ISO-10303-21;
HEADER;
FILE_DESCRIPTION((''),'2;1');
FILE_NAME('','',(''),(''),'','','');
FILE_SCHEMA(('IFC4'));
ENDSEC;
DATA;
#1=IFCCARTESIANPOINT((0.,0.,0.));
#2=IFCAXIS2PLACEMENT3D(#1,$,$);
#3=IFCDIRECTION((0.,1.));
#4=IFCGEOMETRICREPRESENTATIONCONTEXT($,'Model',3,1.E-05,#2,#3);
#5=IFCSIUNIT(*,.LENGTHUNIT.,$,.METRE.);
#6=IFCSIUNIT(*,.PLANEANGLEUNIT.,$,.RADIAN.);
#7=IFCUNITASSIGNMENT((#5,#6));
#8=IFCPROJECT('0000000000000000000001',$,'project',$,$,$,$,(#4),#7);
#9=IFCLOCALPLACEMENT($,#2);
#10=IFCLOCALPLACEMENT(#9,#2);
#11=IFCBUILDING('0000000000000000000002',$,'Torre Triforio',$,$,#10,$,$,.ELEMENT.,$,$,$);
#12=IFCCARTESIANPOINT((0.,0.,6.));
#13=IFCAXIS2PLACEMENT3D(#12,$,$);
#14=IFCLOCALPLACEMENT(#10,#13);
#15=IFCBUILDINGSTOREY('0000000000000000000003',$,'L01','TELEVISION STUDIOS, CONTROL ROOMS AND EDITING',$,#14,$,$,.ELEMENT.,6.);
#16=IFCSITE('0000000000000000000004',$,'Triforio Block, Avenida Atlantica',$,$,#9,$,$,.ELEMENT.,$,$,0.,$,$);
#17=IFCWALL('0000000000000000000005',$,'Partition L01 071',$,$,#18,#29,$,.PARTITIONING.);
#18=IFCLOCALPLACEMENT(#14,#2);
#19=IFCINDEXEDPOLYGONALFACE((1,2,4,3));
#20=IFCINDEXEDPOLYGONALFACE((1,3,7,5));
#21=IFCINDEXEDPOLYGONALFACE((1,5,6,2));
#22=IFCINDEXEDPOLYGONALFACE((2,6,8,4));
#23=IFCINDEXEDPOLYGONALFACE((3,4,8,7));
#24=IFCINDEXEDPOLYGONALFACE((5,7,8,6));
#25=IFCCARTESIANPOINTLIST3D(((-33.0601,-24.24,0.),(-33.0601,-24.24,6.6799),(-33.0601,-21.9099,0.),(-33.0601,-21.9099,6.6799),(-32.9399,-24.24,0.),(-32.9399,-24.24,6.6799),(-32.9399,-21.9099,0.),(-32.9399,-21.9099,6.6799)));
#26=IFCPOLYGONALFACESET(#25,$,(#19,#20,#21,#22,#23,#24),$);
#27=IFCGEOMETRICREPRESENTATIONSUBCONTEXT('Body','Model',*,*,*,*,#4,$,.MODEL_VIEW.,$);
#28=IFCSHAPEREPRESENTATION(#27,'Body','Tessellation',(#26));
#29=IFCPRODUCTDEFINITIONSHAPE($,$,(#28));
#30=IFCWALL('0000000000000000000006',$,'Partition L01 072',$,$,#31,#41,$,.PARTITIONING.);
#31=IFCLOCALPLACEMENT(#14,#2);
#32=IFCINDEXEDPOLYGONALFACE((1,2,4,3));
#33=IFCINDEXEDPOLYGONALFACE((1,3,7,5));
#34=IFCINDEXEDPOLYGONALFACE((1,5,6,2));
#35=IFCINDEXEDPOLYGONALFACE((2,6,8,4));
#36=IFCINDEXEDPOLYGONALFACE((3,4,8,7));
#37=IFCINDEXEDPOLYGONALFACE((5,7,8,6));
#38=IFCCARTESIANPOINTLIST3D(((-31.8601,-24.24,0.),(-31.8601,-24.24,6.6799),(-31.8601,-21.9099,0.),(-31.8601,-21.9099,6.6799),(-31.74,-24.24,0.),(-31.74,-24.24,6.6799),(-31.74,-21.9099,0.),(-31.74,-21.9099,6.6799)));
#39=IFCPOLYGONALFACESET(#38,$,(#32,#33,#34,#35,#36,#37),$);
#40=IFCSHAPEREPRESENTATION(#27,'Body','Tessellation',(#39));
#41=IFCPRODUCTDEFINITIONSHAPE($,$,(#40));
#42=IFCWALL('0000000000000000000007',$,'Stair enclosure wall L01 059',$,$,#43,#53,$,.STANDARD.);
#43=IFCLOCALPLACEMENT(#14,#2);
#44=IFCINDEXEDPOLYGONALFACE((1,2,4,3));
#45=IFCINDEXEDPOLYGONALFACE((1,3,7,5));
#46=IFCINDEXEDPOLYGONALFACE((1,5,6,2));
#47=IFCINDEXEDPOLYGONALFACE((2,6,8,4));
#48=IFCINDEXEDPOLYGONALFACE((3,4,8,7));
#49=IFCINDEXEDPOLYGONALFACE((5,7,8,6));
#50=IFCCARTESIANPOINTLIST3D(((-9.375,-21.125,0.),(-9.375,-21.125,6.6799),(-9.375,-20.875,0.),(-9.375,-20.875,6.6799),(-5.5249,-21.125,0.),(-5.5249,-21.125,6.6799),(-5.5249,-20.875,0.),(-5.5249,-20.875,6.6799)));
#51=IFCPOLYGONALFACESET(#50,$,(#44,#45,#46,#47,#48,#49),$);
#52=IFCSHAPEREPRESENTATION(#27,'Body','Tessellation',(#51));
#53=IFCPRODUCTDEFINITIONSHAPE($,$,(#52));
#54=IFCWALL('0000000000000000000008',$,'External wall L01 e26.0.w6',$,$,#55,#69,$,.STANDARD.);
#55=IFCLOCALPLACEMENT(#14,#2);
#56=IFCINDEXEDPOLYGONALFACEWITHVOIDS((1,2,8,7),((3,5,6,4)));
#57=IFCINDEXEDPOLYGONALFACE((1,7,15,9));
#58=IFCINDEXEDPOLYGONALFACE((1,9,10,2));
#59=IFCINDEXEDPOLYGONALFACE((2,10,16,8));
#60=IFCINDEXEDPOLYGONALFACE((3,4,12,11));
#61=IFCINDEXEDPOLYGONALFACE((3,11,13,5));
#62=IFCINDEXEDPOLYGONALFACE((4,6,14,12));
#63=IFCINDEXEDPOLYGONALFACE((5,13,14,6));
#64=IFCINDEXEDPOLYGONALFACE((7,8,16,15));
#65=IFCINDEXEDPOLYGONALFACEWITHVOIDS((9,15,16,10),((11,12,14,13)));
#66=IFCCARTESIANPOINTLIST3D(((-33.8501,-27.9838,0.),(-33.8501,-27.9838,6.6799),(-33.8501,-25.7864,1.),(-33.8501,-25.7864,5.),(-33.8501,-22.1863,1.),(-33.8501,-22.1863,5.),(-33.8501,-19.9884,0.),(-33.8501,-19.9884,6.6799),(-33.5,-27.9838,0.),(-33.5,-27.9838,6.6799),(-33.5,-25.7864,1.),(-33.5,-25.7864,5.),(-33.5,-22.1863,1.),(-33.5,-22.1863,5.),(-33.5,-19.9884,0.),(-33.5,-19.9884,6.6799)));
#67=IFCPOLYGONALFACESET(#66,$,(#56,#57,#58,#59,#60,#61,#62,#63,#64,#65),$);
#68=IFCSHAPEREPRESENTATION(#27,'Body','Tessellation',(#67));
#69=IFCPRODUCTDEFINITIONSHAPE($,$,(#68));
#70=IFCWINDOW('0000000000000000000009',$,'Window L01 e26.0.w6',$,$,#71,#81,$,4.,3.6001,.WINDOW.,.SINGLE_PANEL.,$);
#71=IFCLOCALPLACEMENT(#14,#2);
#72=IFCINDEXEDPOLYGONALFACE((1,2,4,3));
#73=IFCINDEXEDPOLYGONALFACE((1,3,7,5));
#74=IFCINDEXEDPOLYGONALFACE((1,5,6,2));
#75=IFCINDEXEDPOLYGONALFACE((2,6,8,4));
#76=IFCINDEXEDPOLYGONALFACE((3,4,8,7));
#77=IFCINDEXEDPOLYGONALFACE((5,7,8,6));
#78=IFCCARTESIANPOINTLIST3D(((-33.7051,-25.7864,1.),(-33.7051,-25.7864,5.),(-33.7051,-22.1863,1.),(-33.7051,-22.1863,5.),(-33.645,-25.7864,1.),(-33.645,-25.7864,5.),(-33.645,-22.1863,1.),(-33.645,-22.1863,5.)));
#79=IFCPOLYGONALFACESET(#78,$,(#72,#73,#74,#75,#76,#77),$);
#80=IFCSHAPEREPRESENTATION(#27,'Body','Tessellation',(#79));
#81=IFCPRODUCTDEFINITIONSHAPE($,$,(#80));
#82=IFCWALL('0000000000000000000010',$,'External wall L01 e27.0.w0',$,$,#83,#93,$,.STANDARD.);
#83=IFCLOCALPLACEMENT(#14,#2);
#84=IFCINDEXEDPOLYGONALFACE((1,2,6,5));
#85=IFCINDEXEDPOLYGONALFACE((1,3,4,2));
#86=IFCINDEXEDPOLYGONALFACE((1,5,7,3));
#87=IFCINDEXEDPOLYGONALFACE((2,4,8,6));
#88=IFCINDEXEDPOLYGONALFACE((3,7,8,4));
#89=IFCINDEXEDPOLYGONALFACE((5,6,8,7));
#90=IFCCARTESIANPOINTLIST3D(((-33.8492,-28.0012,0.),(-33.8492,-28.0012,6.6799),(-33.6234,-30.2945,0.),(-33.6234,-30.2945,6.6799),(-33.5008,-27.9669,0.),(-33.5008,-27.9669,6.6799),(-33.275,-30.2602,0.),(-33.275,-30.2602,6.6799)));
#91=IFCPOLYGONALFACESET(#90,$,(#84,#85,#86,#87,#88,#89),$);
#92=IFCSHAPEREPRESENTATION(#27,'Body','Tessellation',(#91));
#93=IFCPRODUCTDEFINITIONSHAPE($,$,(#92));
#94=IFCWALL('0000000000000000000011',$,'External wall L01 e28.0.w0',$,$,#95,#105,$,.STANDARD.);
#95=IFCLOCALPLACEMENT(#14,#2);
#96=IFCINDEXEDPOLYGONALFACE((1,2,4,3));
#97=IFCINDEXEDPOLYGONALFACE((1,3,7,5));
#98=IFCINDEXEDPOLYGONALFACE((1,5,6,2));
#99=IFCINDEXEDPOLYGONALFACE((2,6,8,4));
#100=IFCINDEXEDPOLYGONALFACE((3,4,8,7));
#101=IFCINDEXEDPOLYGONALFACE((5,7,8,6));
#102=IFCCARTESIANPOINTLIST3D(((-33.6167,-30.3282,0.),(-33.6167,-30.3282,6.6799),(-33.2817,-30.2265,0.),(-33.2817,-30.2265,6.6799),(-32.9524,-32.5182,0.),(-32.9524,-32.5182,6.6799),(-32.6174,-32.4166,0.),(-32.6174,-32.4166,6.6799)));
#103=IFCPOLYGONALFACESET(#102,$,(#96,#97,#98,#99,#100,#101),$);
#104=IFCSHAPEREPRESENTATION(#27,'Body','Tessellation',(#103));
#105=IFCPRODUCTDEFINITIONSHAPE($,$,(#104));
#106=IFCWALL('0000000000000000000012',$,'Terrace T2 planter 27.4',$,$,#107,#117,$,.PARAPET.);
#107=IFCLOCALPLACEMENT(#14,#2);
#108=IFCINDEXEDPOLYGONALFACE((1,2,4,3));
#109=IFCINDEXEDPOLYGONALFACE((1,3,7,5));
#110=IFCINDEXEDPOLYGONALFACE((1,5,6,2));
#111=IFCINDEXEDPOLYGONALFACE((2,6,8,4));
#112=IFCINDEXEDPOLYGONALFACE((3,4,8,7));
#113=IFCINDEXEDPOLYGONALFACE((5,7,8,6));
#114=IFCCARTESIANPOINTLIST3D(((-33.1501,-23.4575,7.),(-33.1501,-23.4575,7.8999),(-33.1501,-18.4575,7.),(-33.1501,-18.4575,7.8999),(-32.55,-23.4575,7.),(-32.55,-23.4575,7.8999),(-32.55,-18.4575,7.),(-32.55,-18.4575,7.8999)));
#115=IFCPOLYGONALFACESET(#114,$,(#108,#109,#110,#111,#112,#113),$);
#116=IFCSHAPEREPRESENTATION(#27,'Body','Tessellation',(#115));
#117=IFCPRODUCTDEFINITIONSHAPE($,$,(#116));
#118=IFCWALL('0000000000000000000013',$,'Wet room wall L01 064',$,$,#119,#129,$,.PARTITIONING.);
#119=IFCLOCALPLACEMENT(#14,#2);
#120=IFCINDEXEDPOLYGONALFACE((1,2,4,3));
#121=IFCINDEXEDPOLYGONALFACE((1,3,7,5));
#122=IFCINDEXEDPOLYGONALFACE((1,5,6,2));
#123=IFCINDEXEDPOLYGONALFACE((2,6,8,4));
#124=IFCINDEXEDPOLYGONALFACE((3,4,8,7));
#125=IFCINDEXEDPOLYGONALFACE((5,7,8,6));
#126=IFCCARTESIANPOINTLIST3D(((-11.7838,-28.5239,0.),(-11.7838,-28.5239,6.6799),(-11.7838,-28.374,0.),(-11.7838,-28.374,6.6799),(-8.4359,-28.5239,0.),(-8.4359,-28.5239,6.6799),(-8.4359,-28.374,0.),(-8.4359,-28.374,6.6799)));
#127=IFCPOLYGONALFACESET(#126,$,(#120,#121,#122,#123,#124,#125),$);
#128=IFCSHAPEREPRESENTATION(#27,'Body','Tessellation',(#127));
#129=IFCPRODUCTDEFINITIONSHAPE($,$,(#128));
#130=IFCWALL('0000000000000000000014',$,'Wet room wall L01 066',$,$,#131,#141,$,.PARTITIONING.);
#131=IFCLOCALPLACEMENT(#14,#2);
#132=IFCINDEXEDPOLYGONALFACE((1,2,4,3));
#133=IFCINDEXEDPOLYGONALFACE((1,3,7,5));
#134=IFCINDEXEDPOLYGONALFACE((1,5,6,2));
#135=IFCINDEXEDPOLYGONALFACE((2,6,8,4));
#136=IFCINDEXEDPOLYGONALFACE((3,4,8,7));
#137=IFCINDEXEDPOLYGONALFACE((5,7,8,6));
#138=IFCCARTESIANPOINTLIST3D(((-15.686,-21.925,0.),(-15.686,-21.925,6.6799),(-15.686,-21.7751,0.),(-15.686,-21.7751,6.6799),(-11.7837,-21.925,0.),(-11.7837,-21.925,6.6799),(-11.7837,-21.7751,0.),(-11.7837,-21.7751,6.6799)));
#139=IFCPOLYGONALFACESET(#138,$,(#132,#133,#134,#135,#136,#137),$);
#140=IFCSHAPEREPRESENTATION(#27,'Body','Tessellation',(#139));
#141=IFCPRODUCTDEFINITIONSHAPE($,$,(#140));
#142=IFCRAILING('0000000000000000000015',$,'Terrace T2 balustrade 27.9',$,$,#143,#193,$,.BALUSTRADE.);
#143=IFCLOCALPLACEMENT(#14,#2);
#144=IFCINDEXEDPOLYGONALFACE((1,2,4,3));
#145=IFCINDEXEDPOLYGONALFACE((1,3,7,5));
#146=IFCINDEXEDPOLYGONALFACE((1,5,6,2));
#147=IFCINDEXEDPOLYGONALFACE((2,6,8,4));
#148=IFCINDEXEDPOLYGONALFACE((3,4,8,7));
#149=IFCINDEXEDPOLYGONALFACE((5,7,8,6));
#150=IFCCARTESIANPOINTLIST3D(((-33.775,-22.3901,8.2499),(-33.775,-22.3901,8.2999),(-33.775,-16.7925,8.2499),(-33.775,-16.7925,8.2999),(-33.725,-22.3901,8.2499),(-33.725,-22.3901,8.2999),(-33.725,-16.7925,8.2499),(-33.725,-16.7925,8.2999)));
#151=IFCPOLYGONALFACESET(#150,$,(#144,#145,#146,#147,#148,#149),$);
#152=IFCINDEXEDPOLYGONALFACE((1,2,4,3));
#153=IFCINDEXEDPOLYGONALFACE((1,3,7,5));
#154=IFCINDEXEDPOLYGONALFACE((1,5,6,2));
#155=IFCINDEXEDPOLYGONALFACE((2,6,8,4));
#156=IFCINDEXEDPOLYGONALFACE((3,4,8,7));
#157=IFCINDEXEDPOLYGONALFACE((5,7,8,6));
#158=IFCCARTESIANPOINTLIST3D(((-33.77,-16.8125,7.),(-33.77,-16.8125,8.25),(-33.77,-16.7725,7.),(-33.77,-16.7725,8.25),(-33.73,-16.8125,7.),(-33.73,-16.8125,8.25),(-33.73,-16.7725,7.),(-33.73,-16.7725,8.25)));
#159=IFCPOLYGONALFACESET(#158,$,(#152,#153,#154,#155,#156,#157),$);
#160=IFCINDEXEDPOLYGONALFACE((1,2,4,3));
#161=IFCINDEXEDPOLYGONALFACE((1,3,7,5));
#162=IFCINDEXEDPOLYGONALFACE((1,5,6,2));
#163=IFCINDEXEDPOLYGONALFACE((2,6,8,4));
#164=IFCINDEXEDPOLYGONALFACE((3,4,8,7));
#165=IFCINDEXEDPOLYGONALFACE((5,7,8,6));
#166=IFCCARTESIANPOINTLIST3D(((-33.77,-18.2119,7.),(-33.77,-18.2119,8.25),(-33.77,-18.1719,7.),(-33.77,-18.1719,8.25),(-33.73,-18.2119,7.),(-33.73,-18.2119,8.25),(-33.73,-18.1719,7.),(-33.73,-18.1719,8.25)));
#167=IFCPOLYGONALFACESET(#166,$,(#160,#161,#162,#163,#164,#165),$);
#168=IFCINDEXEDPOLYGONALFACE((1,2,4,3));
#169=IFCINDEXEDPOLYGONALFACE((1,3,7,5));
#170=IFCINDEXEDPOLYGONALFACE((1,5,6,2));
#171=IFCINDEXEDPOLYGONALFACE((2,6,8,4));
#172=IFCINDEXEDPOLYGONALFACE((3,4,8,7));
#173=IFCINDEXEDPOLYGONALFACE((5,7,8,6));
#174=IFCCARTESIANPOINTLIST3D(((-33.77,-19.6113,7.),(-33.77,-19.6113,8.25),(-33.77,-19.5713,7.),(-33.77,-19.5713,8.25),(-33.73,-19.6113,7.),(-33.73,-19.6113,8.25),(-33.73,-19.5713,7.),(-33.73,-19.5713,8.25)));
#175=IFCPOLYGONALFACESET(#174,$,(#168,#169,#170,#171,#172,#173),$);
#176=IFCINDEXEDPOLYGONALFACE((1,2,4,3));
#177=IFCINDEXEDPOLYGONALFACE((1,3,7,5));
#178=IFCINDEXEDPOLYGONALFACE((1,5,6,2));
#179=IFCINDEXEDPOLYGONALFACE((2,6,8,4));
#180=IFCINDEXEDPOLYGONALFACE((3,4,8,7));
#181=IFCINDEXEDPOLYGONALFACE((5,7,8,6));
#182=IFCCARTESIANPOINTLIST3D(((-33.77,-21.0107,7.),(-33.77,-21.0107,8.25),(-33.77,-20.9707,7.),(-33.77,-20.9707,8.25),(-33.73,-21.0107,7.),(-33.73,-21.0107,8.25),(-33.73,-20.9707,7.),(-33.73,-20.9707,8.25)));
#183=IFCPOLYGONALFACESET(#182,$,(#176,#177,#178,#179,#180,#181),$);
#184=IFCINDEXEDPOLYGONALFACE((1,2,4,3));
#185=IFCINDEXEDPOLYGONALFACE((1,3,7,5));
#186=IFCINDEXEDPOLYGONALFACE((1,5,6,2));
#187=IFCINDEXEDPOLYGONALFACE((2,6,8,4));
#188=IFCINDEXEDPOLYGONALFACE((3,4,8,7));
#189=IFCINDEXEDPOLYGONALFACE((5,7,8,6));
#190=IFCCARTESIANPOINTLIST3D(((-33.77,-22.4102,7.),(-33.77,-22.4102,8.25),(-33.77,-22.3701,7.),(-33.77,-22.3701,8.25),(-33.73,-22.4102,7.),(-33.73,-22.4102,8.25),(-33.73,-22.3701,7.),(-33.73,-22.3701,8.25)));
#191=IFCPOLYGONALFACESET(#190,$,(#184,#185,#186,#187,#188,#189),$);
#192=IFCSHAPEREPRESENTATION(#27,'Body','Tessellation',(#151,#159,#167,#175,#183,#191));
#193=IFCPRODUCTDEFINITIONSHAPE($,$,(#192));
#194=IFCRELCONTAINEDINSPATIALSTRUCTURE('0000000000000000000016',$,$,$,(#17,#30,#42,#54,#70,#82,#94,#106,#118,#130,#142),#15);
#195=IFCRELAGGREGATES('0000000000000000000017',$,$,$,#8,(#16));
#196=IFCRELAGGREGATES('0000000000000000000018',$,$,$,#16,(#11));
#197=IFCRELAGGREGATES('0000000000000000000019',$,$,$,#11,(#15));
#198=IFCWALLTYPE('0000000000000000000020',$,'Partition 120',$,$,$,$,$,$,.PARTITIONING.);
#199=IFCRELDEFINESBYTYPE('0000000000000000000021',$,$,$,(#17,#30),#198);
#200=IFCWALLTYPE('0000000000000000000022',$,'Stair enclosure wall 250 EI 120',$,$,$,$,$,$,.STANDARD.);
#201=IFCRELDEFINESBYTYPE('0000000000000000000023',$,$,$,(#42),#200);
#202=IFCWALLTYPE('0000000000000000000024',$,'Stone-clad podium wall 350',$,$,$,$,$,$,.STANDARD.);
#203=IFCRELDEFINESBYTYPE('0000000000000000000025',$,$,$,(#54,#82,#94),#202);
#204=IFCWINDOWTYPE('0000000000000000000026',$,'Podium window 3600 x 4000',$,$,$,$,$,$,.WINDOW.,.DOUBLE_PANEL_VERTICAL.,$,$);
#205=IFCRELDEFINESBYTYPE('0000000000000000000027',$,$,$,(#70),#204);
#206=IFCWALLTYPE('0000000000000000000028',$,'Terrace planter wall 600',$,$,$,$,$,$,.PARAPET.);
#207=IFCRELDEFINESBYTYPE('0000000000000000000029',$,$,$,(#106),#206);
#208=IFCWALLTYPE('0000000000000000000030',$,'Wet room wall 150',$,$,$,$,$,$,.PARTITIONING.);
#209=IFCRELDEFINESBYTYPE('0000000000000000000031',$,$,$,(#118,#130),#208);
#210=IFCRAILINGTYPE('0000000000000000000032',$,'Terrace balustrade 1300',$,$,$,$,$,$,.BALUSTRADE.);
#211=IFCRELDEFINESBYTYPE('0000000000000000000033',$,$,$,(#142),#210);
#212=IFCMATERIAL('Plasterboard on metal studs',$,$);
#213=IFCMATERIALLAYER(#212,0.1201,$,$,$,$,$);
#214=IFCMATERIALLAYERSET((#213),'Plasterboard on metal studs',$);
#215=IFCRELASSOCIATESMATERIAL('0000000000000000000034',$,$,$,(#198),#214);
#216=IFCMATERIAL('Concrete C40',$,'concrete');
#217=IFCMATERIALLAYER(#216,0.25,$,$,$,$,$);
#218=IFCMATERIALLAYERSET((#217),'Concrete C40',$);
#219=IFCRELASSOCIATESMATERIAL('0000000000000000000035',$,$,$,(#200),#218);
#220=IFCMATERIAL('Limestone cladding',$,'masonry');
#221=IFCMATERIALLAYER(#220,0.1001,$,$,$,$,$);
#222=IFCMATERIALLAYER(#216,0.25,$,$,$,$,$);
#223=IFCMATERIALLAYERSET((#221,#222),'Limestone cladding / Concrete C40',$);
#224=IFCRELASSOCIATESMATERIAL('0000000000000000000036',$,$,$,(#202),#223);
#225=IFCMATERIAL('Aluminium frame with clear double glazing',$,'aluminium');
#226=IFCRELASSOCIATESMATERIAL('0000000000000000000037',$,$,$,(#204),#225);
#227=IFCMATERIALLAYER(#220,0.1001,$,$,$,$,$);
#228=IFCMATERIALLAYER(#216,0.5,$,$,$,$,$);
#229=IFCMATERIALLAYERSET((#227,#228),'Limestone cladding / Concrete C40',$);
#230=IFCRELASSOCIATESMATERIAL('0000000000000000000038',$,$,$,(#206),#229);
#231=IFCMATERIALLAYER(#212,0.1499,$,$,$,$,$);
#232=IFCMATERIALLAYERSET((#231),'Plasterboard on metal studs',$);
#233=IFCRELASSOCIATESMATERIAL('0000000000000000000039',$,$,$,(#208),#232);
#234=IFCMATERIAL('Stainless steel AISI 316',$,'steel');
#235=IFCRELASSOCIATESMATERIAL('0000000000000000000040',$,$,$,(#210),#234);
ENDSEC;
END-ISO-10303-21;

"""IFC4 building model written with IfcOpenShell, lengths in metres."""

from ifc_helpers import new_model, si_unit, direction, frame, frame_2d, origin, origin_2d, place, context, subcontext, project, spatial, rectangle, extrude, material, layer, layer_set, type_object, element, fill, save


model = new_model("IFC4")

# Units and contexts
model_context = context("Model", 3, precision=1e-05, world=origin(), true_north=direction((0.0, 1.0)))
body_context = subcontext(model_context, "Body", "Model", "MODEL_VIEW")
ifc_project = project(units=[si_unit("LENGTHUNIT", "METRE"), si_unit("PLANEANGLEUNIT", "RADIAN")], contexts=[model_context])

# Site, building, storey
site_placement = place(None, origin())
site = spatial("IfcSite", under=ifc_project, at=site_placement, Name="Triforio Block, Avenida Atlantica", CompositionType="ELEMENT", RefElevation=0.0)
building_placement = place(site_placement, origin())
building = spatial("IfcBuilding", under=site, at=building_placement, Name="Torre Triforio", CompositionType="ELEMENT")
storey_placement = place(building_placement, frame((0.0, 0.0, 6.0)))
storey = spatial("IfcBuildingStorey", under=building, at=storey_placement, Name="L01", Description="TELEVISION STUDIOS, CONTROL ROOMS AND EDITING", CompositionType="ELEMENT", Elevation=6.0)

# Walls
ifc_material_1 = material(Name="Plasterboard on metal studs")
ifc_layer_1 = layer(ifc_material_1, 0.1201)
ifc_layer_set_1 = layer_set([ifc_layer_1], Name="Plasterboard on metal studs")
wall_type_1 = type_object("IfcWallType", Name="Partition 120", PredefinedType="PARTITIONING", material=ifc_layer_set_1)
for number, where, z_axis, x_axis, name in (
    (1, (-33.0, -24.24, 0.0), (0.0, 0.0, 1.0), (0.0, 1.0, 0.0), "Partition L01 071"),
    (2, (-31.8, -24.24, 0.0), (0.0, 0.0, 1.0), (0.0, 1.0, 0.0), "Partition L01 072"),
):
    element("IfcWall", number, at=place(storey_placement, frame(where, z_axis=z_axis, x_axis=x_axis)), inside=storey, type_object=wall_type_1, Name=name, PredefinedType="PARTITIONING", context=body_context, shape_type="SweptSolid", body=[
        extrude(rectangle(XDim=2.3301, YDim=0.1201, at=frame_2d((1.165, 0.0))), origin(), (0.0, 0.0, 1.0), 6.6799),
    ])
ifc_material_2 = material(Name="Concrete C40", Category="concrete")
ifc_layer_2 = layer(ifc_material_2, 0.25)
ifc_layer_set_2 = layer_set([ifc_layer_2], Name="Concrete C40")
wall_type_2 = type_object("IfcWallType", Name="Stair enclosure wall 250 EI 120", PredefinedType="STANDARD", material=ifc_layer_set_2)
wall_1_placement = place(storey_placement, frame((-9.375, -21.0, 0.0), z_axis=(0.0, 0.0, 1.0), x_axis=(1.0, 0.0, 0.0)))
element("IfcWall", 3, at=wall_1_placement, inside=storey, type_object=wall_type_2, Name="Stair enclosure wall L01 059", PredefinedType="STANDARD", context=body_context, shape_type="SweptSolid", body=[
    extrude(rectangle(XDim=3.8501, YDim=0.25, at=frame_2d((1.925, 0.0))), origin(), (0.0, 0.0, 1.0), 6.6799),
])

# Wall, opening, window
ifc_material_3 = material(Name="Limestone cladding", Category="masonry")
ifc_layer_3 = layer(ifc_material_3, 0.1001)
ifc_layer_4 = layer(ifc_material_2, 0.25)
ifc_layer_set_3 = layer_set([ifc_layer_3, ifc_layer_4], Name="Limestone cladding / Concrete C40")
wall_type_3 = type_object("IfcWallType", Name="Stone-clad podium wall 350", PredefinedType="STANDARD", material=ifc_layer_set_3)
wall_2_placement = place(storey_placement, frame((-33.675, -19.9885, 0.0), z_axis=(0.0, 0.0, 1.0), x_axis=(0.0, -1.0, 0.0)))
wall_2 = element("IfcWall", 4, at=wall_2_placement, inside=storey, type_object=wall_type_3, Name="External wall L01 e26.0.w6", PredefinedType="STANDARD", context=body_context, shape_type="SweptSolid", body=[
    extrude(rectangle(XDim=7.9954, YDim=0.3501, at=frame_2d((3.9976, 0.0))), origin(), (0.0, 0.0, 1.0), 6.6799),
])
opening_placement = place(wall_2_placement, frame((2.1978, 0.0, 1.0)))
opening = element("IfcOpeningElement", 5, at=opening_placement, cuts=wall_2, PredefinedType="OPENING", context=body_context, shape_type="SweptSolid", body=[
    extrude(rectangle(XDim=3.6001, YDim=4.0, at=frame_2d((1.8, 2.0))), frame((0.0, 0.1851, 0.0), z_axis=(0.0, -1.0, 0.0), x_axis=(1.0, 0.0, 0.0)), (0.0, 0.0, 1.0), 0.3701),
])
ifc_material_4 = material(Name="Aluminium frame with clear double glazing", Category="aluminium")
window_type = type_object("IfcWindowType", Name="Podium window 3600 x 4000", PartitioningType="DOUBLE_PANEL_VERTICAL", PredefinedType="WINDOW", material=ifc_material_4)
window_placement = place(opening_placement, origin())
window = element("IfcWindow", 6, at=window_placement, inside=storey, type_object=window_type, Name="Window L01 e26.0.w6", OverallHeight=4.0, OverallWidth=3.6001, PartitioningType="SINGLE_PANEL", PredefinedType="WINDOW", context=body_context, shape_type="SweptSolid", body=[
    extrude(rectangle(XDim=3.6001, YDim=4.0, at=frame_2d((1.8, 2.0))), frame((0.0, 0.03, 0.0), z_axis=(0.0, -1.0, 0.0), x_axis=(1.0, 0.0, 0.0)), (0.0, 0.0, 1.0), 0.0601),
])
fill(opening, window)

# Walls
wall_3_placement = place(storey_placement, frame((-33.675, -27.9839, 0.0), z_axis=(0.0, 0.0, 1.0), x_axis=(0.097993, -0.995187, 0.0)))
element("IfcWall", 7, at=wall_3_placement, inside=storey, type_object=wall_type_3, Name="External wall L01 e27.0.w0", PredefinedType="STANDARD", context=body_context, shape_type="SweptSolid", body=[
    extrude(rectangle(XDim=2.3044, YDim=0.3501, at=frame_2d((1.1523, 0.0))), origin(), (0.0, 0.0, 1.0), 6.6799),
])
wall_4_placement = place(storey_placement, frame((-33.4492, -30.2773, 0.0), z_axis=(0.0, 0.0, 1.0), x_axis=(0.290283, -0.956941, 0.0)))
element("IfcWall", 8, at=wall_4_placement, inside=storey, type_object=wall_type_3, Name="External wall L01 e28.0.w0", PredefinedType="STANDARD", context=body_context, shape_type="SweptSolid", body=[
    extrude(rectangle(XDim=2.2886, YDim=0.3501, at=frame_2d((1.1443, 0.0))), origin(), (0.0, 0.0, 1.0), 6.6799),
])
ifc_layer_5 = layer(ifc_material_3, 0.1001)
ifc_layer_6 = layer(ifc_material_2, 0.5)
ifc_layer_set_4 = layer_set([ifc_layer_5, ifc_layer_6], Name="Limestone cladding / Concrete C40")
wall_type_4 = type_object("IfcWallType", Name="Terrace planter wall 600", PredefinedType="PARAPET", material=ifc_layer_set_4)
wall_5_placement = place(storey_placement, frame((-32.8501, -18.4575, 7.0), z_axis=(0.0, 0.0, 1.0), x_axis=(0.0, -1.0, 0.0)))
element("IfcWall", 9, at=wall_5_placement, inside=storey, type_object=wall_type_4, Name="Terrace T2 planter 27.4", PredefinedType="PARAPET", context=body_context, shape_type="SweptSolid", body=[
    extrude(rectangle(XDim=5.0, YDim=0.6001, at=frame_2d((2.5, 0.0))), origin(), (0.0, 0.0, 1.0), 0.8999),
])
ifc_layer_7 = layer(ifc_material_1, 0.1499)
ifc_layer_set_5 = layer_set([ifc_layer_7], Name="Plasterboard on metal studs")
wall_type_5 = type_object("IfcWallType", Name="Wet room wall 150", PredefinedType="PARTITIONING", material=ifc_layer_set_5)
wall_6_placement = place(storey_placement, frame((-11.7837, -28.449, 0.0), z_axis=(0.0, 0.0, 1.0), x_axis=(1.0, 0.0, 0.0)))
element("IfcWall", 10, at=wall_6_placement, inside=storey, type_object=wall_type_5, Name="Wet room wall L01 064", PredefinedType="PARTITIONING", context=body_context, shape_type="SweptSolid", body=[
    extrude(rectangle(XDim=3.3479, YDim=0.1499, at=frame_2d((1.6738, 0.0))), origin(), (0.0, 0.0, 1.0), 6.6799),
])
wall_7_placement = place(storey_placement, frame((-15.686, -21.8501, 0.0), z_axis=(0.0, 0.0, 1.0), x_axis=(1.0, 0.0, 0.0)))
element("IfcWall", 11, at=wall_7_placement, inside=storey, type_object=wall_type_5, Name="Wet room wall L01 066", PredefinedType="PARTITIONING", context=body_context, shape_type="SweptSolid", body=[
    extrude(rectangle(XDim=3.9023, YDim=0.1499, at=frame_2d((1.9512, 0.0))), origin(), (0.0, 0.0, 1.0), 6.6799),
])

# Railing
ifc_material_5 = material(Name="Stainless steel AISI 316", Category="steel")
railing_type = type_object("IfcRailingType", Name="Terrace balustrade 1300", PredefinedType="BALUSTRADE", material=ifc_material_5)
for number, where, name in (
    (12, (-33.75, -16.7925, 7.0), "Terrace T2 balustrade 27.9"),
):
    element("IfcRailing", number, at=place(storey_placement, frame(where)), inside=storey, type_object=railing_type, Name=name, PredefinedType="BALUSTRADE", context=body_context, shape_type="SweptSolid", body=[
        extrude(rectangle(XDim=0.05, YDim=0.05, at=origin_2d()), frame((0.0, 0.0, 1.2749), z_axis=(0.0, -1.0, 0.0), x_axis=(1.0, 0.0, 0.0)), (0.0, 0.0, 1.0), 5.5977),
        extrude(rectangle(XDim=0.04, YDim=0.04, at=origin_2d()), origin(), (0.0, 0.0, 1.0), 1.25),
        extrude(rectangle(XDim=0.04, YDim=0.04, at=origin_2d()), frame((0.0, -1.3994, 0.0)), (0.0, 0.0, 1.0), 1.25),
        extrude(rectangle(XDim=0.04, YDim=0.04, at=origin_2d()), frame((0.0, -2.7988, 0.0)), (0.0, 0.0, 1.0), 1.25),
        extrude(rectangle(XDim=0.04, YDim=0.04, at=origin_2d()), frame((0.0, -4.1982, 0.0)), (0.0, 0.0, 1.0), 1.25),
        extrude(rectangle(XDim=0.04, YDim=0.04, at=origin_2d()), frame((0.0, -5.5977, 0.0)), (0.0, 0.0, 1.0), 1.25),
    ])

save(model, "model.ifc")
